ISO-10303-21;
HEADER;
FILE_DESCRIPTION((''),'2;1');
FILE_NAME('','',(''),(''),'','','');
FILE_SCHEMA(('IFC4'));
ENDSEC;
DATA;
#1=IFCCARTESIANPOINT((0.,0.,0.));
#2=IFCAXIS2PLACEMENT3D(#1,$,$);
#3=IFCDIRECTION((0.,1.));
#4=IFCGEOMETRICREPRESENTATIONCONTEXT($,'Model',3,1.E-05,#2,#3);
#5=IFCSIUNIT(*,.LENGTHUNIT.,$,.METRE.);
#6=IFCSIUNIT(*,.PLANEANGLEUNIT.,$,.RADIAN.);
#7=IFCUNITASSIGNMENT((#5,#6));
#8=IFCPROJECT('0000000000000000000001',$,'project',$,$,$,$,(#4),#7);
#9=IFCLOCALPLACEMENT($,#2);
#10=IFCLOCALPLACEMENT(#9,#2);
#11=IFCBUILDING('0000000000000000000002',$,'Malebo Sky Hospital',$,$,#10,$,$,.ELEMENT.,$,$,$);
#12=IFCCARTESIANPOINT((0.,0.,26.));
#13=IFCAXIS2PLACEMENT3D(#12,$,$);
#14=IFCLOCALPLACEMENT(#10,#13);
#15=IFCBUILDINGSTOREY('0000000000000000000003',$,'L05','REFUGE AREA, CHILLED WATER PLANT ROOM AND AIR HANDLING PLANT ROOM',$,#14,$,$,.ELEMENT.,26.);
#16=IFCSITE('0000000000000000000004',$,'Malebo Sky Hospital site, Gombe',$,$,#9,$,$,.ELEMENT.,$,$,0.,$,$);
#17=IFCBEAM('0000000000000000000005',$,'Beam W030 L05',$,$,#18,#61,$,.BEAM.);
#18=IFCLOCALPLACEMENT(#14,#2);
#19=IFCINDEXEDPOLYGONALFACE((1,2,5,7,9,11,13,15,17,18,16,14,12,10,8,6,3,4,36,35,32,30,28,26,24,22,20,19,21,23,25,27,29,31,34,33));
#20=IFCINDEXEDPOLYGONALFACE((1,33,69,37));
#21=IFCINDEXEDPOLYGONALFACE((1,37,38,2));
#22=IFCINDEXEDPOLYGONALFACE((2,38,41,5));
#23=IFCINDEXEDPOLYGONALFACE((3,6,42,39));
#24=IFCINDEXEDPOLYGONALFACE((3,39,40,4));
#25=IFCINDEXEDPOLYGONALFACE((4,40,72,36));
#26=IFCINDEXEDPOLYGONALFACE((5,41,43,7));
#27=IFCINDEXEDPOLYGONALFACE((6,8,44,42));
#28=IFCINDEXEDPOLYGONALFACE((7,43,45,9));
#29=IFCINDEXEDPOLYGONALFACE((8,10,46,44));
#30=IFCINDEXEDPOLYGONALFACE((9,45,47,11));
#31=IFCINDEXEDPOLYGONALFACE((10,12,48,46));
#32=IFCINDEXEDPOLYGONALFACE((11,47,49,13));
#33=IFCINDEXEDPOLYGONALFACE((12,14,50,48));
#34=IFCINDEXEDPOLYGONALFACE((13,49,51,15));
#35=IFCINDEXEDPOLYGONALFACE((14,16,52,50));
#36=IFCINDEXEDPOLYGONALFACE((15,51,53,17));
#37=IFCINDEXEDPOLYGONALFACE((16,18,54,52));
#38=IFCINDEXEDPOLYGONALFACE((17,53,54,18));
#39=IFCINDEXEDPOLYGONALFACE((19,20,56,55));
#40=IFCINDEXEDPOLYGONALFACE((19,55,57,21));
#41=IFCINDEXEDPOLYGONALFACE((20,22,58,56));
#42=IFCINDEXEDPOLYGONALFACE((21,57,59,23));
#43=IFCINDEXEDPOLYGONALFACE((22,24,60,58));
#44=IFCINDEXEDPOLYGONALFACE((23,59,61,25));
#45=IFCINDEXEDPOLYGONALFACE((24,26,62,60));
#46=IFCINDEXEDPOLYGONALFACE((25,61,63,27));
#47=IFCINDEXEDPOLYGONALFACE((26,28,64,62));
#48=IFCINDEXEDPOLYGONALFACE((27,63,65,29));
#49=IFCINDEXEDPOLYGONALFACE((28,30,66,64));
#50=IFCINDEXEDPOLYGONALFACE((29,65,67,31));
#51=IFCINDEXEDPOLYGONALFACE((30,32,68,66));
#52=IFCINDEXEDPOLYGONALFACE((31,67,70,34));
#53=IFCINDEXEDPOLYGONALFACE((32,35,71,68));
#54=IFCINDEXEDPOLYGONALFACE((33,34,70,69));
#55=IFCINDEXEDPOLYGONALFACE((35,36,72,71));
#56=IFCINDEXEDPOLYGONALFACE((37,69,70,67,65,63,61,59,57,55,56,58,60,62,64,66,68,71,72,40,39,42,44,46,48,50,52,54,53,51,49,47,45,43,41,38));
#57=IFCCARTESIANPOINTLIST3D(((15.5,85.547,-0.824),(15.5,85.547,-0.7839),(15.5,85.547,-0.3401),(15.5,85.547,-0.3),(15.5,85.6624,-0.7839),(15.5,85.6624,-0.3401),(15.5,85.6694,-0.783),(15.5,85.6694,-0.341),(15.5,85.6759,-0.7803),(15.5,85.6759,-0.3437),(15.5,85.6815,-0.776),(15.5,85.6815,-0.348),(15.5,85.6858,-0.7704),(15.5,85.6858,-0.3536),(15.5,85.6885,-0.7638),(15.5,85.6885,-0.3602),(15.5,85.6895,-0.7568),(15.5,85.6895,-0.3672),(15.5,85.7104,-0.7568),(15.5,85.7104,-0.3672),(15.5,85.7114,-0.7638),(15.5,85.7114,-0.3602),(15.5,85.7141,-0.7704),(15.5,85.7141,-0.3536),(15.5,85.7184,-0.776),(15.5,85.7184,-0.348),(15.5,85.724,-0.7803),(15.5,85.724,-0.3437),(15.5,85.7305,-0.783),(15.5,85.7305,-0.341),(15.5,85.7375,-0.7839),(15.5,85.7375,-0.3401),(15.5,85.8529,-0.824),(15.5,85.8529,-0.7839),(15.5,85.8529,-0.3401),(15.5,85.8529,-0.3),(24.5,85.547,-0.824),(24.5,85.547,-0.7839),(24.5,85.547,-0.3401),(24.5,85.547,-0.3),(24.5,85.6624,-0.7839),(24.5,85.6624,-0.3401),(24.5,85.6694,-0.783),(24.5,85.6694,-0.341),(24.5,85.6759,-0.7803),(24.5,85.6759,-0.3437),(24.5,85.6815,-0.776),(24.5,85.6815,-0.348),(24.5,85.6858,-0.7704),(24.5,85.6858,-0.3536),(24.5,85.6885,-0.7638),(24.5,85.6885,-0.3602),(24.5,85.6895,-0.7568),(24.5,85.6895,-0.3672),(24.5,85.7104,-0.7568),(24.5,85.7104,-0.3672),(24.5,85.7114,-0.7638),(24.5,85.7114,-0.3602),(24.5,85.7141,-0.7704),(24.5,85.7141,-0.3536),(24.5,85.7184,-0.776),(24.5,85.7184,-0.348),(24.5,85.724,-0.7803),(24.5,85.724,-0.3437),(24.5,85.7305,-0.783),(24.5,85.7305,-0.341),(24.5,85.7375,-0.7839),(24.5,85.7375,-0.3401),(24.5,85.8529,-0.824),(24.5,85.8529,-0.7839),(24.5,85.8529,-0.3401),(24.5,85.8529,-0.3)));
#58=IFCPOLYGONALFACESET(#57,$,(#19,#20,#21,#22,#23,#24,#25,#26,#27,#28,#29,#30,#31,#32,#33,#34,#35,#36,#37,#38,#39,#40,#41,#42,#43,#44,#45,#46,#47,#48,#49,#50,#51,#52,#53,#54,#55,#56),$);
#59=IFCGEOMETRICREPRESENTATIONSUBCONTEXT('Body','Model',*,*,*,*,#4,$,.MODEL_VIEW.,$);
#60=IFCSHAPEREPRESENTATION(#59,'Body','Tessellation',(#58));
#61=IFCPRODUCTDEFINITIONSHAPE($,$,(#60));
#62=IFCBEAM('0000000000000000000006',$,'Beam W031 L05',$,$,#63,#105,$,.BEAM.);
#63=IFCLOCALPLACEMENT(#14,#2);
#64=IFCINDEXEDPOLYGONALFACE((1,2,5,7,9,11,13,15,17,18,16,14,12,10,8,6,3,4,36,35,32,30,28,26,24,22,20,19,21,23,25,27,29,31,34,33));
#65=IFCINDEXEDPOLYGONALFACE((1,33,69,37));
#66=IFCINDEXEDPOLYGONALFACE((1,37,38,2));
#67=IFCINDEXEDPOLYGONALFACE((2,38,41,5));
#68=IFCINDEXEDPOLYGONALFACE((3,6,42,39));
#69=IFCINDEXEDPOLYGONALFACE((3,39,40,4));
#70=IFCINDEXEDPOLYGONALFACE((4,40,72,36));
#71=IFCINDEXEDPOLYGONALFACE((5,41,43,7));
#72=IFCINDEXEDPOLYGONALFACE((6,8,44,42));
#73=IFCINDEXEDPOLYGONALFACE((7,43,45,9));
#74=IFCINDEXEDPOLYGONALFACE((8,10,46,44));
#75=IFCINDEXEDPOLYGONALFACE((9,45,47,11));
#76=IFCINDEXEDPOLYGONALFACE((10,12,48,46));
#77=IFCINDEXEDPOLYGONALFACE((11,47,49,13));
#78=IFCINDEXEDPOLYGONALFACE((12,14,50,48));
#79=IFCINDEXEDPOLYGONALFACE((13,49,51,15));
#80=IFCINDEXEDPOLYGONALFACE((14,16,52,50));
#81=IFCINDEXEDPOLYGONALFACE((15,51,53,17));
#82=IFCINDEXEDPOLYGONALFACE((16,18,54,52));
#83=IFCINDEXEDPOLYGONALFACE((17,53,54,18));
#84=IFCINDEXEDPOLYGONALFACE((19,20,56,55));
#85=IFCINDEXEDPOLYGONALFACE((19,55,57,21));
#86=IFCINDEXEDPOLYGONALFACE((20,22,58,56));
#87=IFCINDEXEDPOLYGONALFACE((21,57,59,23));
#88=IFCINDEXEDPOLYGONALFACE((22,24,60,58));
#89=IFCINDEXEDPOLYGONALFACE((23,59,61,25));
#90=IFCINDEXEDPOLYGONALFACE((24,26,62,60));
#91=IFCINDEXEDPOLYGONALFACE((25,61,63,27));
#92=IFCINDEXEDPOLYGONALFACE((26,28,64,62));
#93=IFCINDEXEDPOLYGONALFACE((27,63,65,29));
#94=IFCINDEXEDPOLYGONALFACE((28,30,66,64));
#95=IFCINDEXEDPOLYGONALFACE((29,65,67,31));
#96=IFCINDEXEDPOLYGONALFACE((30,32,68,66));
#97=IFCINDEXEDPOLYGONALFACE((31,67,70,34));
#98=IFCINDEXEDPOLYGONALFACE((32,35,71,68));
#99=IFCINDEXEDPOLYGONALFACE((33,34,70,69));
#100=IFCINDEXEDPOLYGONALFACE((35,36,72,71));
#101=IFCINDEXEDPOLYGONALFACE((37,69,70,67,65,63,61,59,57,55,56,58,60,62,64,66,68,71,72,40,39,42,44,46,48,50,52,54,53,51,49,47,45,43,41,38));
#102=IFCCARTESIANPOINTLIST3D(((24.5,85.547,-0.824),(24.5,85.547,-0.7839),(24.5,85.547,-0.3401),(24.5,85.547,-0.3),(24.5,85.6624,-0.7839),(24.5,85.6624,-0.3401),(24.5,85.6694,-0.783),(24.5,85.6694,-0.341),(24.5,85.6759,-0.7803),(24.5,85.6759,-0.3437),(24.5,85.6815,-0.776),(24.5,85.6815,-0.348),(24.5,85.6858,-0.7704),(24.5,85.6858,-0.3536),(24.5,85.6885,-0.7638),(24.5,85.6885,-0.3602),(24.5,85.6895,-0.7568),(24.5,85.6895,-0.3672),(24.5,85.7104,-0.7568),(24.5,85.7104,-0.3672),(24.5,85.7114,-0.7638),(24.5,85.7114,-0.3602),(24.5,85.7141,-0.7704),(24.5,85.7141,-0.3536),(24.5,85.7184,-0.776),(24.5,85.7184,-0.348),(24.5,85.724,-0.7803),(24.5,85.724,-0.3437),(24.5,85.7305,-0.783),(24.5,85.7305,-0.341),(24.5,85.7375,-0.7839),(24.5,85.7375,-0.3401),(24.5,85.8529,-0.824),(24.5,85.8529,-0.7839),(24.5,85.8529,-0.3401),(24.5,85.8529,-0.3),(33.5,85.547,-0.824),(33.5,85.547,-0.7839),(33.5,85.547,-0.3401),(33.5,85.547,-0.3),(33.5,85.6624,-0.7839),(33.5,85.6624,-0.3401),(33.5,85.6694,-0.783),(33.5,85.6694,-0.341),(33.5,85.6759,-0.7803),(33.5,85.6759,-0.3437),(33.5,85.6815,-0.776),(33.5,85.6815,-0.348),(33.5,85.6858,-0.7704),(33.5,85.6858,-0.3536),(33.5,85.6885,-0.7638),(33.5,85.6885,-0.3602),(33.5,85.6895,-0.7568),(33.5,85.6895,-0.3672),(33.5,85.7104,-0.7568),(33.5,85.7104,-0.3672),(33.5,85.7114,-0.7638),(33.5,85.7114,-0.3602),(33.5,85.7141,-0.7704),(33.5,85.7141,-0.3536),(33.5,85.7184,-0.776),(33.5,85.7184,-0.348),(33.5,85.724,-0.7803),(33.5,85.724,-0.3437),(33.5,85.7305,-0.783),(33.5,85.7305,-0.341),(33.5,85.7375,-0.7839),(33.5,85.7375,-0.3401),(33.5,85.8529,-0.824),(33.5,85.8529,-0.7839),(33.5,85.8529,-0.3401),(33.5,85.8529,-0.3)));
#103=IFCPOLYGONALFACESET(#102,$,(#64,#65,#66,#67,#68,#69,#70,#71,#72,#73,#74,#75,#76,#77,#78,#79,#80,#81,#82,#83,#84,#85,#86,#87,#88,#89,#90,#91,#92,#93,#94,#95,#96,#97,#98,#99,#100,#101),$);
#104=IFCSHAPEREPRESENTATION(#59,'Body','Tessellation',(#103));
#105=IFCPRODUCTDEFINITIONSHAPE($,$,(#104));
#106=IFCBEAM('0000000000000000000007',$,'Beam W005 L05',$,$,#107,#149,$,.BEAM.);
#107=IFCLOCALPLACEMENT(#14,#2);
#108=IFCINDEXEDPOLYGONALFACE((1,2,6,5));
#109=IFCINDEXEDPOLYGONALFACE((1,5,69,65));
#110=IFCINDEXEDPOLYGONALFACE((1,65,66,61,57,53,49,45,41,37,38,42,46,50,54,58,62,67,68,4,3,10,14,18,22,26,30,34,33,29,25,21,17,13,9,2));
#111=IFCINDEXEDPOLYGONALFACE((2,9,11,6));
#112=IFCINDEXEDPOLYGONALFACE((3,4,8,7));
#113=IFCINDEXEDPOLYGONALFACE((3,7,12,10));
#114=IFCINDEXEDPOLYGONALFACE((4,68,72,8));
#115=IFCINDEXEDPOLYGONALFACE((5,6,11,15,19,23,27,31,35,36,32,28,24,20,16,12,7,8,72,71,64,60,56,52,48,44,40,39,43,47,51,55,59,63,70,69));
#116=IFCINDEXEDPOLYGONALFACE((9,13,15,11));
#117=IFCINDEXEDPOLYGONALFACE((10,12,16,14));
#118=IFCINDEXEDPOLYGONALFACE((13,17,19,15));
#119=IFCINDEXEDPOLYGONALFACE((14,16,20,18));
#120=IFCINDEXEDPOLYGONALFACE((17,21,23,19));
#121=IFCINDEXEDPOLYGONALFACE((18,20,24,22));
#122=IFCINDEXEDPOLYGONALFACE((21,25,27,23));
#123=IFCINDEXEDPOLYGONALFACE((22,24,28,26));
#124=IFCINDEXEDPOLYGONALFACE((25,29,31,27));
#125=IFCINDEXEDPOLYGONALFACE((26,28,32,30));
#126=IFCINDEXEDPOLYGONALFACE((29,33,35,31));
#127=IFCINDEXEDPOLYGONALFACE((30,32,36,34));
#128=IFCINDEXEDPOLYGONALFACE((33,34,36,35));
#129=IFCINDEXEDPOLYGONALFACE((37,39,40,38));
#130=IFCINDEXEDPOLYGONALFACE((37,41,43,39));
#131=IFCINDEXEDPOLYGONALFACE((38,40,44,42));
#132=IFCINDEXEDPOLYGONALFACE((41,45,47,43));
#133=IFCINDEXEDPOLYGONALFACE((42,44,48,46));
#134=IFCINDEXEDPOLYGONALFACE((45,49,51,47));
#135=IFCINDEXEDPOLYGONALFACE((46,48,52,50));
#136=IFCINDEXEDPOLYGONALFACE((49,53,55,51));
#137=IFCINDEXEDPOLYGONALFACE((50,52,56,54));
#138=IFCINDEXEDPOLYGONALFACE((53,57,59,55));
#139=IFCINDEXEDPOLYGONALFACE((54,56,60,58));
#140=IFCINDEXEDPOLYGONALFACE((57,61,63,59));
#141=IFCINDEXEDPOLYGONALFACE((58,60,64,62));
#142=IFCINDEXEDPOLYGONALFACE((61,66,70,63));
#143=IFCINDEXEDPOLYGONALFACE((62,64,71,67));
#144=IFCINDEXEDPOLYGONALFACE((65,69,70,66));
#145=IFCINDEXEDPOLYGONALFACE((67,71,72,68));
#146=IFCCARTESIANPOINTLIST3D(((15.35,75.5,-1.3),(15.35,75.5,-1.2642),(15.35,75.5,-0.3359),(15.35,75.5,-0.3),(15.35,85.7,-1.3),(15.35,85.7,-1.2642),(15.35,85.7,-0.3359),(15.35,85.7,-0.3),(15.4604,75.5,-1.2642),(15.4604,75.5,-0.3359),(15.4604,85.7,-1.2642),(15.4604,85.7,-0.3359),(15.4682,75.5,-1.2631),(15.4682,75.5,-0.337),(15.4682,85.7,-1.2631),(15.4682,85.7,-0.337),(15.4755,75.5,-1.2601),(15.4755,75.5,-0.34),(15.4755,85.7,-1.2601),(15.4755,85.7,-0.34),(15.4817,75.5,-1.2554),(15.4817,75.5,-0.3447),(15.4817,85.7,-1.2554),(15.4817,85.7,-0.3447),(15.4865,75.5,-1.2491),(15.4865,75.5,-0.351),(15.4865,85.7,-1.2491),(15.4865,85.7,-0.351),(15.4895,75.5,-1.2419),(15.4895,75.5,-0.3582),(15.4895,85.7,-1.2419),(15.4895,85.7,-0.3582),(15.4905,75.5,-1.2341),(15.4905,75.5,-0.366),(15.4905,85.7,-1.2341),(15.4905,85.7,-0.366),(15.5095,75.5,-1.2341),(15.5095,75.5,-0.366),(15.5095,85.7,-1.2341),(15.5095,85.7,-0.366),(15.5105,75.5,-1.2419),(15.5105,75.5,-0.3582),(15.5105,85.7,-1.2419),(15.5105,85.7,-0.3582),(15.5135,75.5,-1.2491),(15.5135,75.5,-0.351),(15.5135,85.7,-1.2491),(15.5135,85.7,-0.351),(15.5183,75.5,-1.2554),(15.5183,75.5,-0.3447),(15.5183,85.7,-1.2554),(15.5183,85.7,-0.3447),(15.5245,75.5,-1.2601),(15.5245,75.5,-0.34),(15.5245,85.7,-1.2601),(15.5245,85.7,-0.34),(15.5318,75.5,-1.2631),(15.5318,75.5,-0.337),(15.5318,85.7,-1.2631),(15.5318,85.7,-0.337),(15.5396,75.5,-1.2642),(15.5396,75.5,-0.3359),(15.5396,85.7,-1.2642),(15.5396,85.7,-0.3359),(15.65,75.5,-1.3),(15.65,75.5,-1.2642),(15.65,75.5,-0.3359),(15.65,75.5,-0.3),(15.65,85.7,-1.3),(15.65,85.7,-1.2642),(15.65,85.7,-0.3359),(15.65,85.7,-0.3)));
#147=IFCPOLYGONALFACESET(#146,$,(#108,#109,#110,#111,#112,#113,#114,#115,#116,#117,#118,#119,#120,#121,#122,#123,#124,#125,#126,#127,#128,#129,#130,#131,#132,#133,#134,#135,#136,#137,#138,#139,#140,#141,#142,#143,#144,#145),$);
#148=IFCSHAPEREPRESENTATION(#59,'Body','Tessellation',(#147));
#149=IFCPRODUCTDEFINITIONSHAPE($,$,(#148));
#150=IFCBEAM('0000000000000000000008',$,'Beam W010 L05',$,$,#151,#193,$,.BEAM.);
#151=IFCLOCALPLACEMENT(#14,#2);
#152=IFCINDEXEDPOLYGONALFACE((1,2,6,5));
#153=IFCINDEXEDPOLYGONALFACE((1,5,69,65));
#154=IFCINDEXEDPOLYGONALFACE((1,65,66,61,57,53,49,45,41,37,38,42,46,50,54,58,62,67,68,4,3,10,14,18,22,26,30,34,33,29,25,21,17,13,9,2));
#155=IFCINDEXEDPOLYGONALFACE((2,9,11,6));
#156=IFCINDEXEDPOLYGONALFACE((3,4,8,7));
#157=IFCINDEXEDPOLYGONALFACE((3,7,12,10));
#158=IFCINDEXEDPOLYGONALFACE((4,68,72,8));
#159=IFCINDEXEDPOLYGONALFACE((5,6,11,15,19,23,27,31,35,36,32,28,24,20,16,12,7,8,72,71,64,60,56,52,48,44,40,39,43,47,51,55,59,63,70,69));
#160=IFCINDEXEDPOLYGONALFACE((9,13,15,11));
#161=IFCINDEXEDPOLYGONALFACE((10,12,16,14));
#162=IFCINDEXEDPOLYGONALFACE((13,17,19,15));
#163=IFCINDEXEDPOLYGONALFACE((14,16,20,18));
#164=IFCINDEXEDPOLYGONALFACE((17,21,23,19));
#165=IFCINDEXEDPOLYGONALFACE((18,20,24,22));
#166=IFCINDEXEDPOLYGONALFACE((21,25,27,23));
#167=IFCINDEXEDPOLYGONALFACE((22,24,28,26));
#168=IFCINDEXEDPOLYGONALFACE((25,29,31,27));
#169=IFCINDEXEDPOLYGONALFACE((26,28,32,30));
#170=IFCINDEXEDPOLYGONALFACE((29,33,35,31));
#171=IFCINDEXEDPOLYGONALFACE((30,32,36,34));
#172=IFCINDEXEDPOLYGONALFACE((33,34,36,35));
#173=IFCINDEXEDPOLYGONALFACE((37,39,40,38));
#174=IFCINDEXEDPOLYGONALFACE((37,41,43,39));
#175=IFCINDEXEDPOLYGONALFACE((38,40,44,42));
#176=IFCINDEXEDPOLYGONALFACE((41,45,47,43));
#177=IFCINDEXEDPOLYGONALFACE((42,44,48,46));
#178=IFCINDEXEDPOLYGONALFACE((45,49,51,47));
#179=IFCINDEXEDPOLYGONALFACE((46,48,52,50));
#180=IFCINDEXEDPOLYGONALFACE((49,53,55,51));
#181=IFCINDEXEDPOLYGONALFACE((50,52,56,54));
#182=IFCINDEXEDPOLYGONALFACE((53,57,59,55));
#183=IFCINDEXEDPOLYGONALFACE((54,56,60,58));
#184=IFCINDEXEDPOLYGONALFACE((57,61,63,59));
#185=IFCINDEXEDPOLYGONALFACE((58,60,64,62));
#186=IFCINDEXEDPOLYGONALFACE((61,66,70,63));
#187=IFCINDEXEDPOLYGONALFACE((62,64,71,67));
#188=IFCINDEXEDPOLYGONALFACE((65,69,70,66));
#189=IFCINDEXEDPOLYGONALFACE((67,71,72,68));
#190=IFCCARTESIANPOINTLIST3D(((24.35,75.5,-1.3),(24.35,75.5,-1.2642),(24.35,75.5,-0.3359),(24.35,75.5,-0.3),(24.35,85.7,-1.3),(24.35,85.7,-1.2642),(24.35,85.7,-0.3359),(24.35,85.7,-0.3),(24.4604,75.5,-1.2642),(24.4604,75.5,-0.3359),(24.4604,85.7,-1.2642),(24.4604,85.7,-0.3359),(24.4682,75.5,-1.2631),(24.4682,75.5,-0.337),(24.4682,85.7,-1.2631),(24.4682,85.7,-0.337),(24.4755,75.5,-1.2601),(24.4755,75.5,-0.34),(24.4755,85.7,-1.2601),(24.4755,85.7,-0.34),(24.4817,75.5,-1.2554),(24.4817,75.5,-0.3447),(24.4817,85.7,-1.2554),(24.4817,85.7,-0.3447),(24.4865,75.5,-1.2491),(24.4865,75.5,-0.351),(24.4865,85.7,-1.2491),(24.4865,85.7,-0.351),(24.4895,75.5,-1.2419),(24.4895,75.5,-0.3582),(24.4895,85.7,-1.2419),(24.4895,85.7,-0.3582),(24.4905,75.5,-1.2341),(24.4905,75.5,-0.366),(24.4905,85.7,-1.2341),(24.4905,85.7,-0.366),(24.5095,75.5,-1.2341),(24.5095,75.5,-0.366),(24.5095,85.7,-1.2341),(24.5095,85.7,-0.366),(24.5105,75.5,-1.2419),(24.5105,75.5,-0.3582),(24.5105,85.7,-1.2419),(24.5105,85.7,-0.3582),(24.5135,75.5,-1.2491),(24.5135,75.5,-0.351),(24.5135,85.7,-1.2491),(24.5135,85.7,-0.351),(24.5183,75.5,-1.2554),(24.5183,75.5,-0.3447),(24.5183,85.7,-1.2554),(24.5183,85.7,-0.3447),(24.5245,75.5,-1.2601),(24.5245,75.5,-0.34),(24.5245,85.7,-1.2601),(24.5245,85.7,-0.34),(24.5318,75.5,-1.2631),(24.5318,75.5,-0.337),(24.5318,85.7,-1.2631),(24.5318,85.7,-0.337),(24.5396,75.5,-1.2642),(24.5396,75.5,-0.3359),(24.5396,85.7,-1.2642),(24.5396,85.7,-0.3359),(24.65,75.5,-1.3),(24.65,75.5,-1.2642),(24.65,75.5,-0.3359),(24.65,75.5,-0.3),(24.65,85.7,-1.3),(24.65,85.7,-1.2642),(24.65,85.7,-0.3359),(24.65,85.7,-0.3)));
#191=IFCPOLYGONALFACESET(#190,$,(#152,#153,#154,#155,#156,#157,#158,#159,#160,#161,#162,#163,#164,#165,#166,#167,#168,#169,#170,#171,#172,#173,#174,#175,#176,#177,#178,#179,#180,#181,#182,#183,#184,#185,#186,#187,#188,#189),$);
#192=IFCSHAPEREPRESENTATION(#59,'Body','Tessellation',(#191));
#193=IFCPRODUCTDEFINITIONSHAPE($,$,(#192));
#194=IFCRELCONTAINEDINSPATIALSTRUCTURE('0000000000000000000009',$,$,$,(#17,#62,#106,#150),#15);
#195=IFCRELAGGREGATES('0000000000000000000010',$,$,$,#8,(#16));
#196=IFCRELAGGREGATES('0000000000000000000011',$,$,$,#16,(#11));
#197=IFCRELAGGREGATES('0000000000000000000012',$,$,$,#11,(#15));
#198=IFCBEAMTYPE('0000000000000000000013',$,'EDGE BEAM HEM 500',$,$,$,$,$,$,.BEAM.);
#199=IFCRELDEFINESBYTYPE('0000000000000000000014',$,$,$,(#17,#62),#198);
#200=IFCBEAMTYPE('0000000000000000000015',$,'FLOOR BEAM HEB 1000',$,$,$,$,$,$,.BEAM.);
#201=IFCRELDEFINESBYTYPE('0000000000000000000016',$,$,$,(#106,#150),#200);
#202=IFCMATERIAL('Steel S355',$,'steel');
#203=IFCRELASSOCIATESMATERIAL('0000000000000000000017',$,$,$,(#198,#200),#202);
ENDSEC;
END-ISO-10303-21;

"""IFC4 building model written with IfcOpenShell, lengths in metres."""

from ifc_helpers import new_model, si_unit, direction, frame, origin, origin_2d, place, context, subcontext, project, spatial, i_section, extrude, material, material_profile, profile_set, type_object, element, save


model = new_model("IFC4")

# Units and contexts
model_context = context("Model", 3, precision=1e-05, world=origin(), true_north=direction((0.0, 1.0)))
body_context = subcontext(model_context, "Body", "Model", "MODEL_VIEW")
ifc_project = project(units=[si_unit("LENGTHUNIT", "METRE"), si_unit("PLANEANGLEUNIT", "RADIAN")], contexts=[model_context])

# Site, building, storey
site_placement = place(None, origin())
site = spatial("IfcSite", under=ifc_project, at=site_placement, Name="Malebo Sky Hospital site, Gombe", CompositionType="ELEMENT", RefElevation=0.0)
building_placement = place(site_placement, origin())
building = spatial("IfcBuilding", under=site, at=building_placement, Name="Malebo Sky Hospital", CompositionType="ELEMENT")
storey_placement = place(building_placement, frame((0.0, 0.0, 26.0)))
storey = spatial("IfcBuildingStorey", under=building, at=storey_placement, Name="L05", Description="REFUGE AREA, CHILLED WATER PLANT ROOM AND AIR HANDLING PLANT ROOM", CompositionType="ELEMENT", Elevation=26.0)

# Beams
ifc_material_1 = material(Name="Steel S355", Category="steel")
ifc_material_profile_1 = material_profile(ifc_material_1, i_section(OverallWidth=0.3059, OverallDepth=0.5239, WebThickness=0.021, FlangeThickness=0.04, FilletRadius=0.0271, at=origin_2d()), Name="HEM 500")
ifc_profile_set_1 = profile_set([ifc_material_profile_1], Name="Steel S355")
beam_type_1 = type_object("IfcBeamType", Name="EDGE BEAM HEM 500", PredefinedType="BEAM", material=ifc_profile_set_1)
for number, where, z_axis, x_axis, name in (
    (1, (15.5, 85.7, -0.562), (1.0, 0.0, 0.0), (0.0, 1.0, 0.0), "Beam W030 L05"),
    (2, (24.5, 85.7, -0.562), (1.0, 0.0, 0.0), (0.0, 1.0, 0.0), "Beam W031 L05"),
):
    element("IfcBeam", number, at=place(storey_placement, frame(where, z_axis=z_axis, x_axis=x_axis)), inside=storey, type_object=beam_type_1, Name=name, PredefinedType="BEAM", context=body_context, shape_type="SweptSolid", body=[
        extrude(i_section(OverallWidth=0.3059, OverallDepth=0.5239, WebThickness=0.021, FlangeThickness=0.04, FilletRadius=0.0271, at=origin_2d()), origin(), (0.0, 0.0, 1.0), 9.0),
    ])
ifc_material_profile_2 = material_profile(ifc_material_1, i_section(OverallWidth=0.3, OverallDepth=1.0, WebThickness=0.019, FlangeThickness=0.0359, FilletRadius=0.03, at=origin_2d()), Name="HEB 1000")
ifc_profile_set_2 = profile_set([ifc_material_profile_2], Name="Steel S355")
beam_type_2 = type_object("IfcBeamType", Name="FLOOR BEAM HEB 1000", PredefinedType="BEAM", material=ifc_profile_set_2)
for number, where, z_axis, x_axis, name in (
    (3, (15.5, 75.5, -0.8), (0.0, 1.0, 0.0), (-1.0, 0.0, 0.0), "Beam W005 L05"),
    (4, (24.5, 75.5, -0.8), (0.0, 1.0, 0.0), (-1.0, 0.0, 0.0), "Beam W010 L05"),
):
    element("IfcBeam", number, at=place(storey_placement, frame(where, z_axis=z_axis, x_axis=x_axis)), inside=storey, type_object=beam_type_2, Name=name, PredefinedType="BEAM", context=body_context, shape_type="SweptSolid", body=[
        extrude(i_section(OverallWidth=0.3, OverallDepth=1.0, WebThickness=0.019, FlangeThickness=0.0359, FilletRadius=0.03, at=origin_2d()), origin(), (0.0, 0.0, 1.0), 10.2),
    ])

save(model, "model.ifc")
